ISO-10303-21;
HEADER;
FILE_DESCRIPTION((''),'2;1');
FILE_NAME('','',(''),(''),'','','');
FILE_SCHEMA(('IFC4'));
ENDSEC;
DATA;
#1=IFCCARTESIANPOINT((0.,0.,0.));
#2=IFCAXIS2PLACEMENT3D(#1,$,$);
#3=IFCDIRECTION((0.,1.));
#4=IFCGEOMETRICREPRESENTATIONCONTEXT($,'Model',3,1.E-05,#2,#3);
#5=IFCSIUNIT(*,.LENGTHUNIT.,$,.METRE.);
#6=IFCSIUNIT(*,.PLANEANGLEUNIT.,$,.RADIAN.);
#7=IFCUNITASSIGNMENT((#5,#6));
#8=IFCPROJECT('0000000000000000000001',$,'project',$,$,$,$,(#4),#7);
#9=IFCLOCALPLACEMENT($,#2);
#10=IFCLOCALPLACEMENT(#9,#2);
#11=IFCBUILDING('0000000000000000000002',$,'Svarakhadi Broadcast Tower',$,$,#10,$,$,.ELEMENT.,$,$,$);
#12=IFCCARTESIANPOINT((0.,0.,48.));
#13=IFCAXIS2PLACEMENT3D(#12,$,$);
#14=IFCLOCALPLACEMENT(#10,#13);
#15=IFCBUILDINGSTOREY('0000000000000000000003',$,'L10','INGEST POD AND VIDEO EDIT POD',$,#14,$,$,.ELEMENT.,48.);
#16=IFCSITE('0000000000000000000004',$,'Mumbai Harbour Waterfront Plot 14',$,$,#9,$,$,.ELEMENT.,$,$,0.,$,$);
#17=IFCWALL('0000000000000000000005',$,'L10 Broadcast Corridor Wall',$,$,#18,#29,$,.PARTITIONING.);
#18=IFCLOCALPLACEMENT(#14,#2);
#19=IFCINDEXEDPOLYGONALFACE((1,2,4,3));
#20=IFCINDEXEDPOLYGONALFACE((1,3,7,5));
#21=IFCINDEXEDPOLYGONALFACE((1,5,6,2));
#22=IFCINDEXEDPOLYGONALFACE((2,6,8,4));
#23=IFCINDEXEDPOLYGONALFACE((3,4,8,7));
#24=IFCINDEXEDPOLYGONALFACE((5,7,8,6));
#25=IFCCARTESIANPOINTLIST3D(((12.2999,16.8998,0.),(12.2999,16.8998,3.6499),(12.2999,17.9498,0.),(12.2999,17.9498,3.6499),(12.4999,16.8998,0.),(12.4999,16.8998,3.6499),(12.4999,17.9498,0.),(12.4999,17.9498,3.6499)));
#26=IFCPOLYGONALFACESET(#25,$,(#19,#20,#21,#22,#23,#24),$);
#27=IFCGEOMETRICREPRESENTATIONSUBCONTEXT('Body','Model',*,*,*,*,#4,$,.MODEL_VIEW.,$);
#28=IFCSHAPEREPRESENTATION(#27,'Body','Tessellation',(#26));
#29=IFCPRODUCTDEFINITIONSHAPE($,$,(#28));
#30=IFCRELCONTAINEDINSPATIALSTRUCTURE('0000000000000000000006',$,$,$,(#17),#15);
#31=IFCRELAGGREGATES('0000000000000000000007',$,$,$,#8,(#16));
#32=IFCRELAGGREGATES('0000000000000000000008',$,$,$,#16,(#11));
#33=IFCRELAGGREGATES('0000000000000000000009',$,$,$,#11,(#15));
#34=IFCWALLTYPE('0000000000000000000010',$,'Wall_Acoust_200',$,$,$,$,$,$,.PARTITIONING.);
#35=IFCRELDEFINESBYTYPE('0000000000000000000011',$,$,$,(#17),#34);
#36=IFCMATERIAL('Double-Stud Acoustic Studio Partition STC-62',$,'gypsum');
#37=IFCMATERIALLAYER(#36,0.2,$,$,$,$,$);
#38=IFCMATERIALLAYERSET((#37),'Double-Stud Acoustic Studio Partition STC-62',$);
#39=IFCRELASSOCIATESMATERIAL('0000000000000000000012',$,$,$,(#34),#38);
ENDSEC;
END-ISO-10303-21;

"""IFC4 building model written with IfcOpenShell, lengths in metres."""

from ifc_helpers import new_model, si_unit, direction, frame, frame_2d, origin, place, context, subcontext, project, spatial, rectangle, extrude, material, layer, layer_set, type_object, element, save


model = new_model("IFC4")

# Units and contexts
model_context = context("Model", 3, precision=1e-05, world=origin(), true_north=direction((0.0, 1.0)))
body_context = subcontext(model_context, "Body", "Model", "MODEL_VIEW")
ifc_project = project(units=[si_unit("LENGTHUNIT", "METRE"), si_unit("PLANEANGLEUNIT", "RADIAN")], contexts=[model_context])

# Site, building, storey
site_placement = place(None, origin())
site = spatial("IfcSite", under=ifc_project, at=site_placement, Name="Mumbai Harbour Waterfront Plot 14", CompositionType="ELEMENT", RefElevation=0.0)
building_placement = place(site_placement, origin())
building = spatial("IfcBuilding", under=site, at=building_placement, Name="Svarakhadi Broadcast Tower", CompositionType="ELEMENT")
storey_placement = place(building_placement, frame((0.0, 0.0, 48.0)))
storey = spatial("IfcBuildingStorey", under=building, at=storey_placement, Name="L10", Description="INGEST POD AND VIDEO EDIT POD", CompositionType="ELEMENT", Elevation=48.0)

# Shared definitions
ifc_material_1 = material(Name="Double-Stud Acoustic Studio Partition STC-62", Category="gypsum")
ifc_layer = layer(ifc_material_1, 0.2)
ifc_layer_set = layer_set([ifc_layer], Name="Double-Stud Acoustic Studio Partition STC-62")
wall_type = type_object("IfcWallType", Name="Wall_Acoust_200", PredefinedType="PARTITIONING", material=ifc_layer_set)

# Wall
wall_1_placement = place(storey_placement, frame((12.3999, 16.8999, 0.0), z_axis=(0.0, 0.0, 1.0), x_axis=(0.0, 1.0, 0.0)))
element("IfcWall", 1, at=wall_1_placement, inside=storey, type_object=wall_type, Name="L10 Broadcast Corridor Wall", PredefinedType="PARTITIONING", context=body_context, shape_type="SweptSolid", body=[
    extrude(rectangle(XDim=1.05, YDim=0.2, at=frame_2d((0.5249, 0.0))), origin(), (0.0, 0.0, 1.0), 3.6499),
])

save(model, "model.ifc")
